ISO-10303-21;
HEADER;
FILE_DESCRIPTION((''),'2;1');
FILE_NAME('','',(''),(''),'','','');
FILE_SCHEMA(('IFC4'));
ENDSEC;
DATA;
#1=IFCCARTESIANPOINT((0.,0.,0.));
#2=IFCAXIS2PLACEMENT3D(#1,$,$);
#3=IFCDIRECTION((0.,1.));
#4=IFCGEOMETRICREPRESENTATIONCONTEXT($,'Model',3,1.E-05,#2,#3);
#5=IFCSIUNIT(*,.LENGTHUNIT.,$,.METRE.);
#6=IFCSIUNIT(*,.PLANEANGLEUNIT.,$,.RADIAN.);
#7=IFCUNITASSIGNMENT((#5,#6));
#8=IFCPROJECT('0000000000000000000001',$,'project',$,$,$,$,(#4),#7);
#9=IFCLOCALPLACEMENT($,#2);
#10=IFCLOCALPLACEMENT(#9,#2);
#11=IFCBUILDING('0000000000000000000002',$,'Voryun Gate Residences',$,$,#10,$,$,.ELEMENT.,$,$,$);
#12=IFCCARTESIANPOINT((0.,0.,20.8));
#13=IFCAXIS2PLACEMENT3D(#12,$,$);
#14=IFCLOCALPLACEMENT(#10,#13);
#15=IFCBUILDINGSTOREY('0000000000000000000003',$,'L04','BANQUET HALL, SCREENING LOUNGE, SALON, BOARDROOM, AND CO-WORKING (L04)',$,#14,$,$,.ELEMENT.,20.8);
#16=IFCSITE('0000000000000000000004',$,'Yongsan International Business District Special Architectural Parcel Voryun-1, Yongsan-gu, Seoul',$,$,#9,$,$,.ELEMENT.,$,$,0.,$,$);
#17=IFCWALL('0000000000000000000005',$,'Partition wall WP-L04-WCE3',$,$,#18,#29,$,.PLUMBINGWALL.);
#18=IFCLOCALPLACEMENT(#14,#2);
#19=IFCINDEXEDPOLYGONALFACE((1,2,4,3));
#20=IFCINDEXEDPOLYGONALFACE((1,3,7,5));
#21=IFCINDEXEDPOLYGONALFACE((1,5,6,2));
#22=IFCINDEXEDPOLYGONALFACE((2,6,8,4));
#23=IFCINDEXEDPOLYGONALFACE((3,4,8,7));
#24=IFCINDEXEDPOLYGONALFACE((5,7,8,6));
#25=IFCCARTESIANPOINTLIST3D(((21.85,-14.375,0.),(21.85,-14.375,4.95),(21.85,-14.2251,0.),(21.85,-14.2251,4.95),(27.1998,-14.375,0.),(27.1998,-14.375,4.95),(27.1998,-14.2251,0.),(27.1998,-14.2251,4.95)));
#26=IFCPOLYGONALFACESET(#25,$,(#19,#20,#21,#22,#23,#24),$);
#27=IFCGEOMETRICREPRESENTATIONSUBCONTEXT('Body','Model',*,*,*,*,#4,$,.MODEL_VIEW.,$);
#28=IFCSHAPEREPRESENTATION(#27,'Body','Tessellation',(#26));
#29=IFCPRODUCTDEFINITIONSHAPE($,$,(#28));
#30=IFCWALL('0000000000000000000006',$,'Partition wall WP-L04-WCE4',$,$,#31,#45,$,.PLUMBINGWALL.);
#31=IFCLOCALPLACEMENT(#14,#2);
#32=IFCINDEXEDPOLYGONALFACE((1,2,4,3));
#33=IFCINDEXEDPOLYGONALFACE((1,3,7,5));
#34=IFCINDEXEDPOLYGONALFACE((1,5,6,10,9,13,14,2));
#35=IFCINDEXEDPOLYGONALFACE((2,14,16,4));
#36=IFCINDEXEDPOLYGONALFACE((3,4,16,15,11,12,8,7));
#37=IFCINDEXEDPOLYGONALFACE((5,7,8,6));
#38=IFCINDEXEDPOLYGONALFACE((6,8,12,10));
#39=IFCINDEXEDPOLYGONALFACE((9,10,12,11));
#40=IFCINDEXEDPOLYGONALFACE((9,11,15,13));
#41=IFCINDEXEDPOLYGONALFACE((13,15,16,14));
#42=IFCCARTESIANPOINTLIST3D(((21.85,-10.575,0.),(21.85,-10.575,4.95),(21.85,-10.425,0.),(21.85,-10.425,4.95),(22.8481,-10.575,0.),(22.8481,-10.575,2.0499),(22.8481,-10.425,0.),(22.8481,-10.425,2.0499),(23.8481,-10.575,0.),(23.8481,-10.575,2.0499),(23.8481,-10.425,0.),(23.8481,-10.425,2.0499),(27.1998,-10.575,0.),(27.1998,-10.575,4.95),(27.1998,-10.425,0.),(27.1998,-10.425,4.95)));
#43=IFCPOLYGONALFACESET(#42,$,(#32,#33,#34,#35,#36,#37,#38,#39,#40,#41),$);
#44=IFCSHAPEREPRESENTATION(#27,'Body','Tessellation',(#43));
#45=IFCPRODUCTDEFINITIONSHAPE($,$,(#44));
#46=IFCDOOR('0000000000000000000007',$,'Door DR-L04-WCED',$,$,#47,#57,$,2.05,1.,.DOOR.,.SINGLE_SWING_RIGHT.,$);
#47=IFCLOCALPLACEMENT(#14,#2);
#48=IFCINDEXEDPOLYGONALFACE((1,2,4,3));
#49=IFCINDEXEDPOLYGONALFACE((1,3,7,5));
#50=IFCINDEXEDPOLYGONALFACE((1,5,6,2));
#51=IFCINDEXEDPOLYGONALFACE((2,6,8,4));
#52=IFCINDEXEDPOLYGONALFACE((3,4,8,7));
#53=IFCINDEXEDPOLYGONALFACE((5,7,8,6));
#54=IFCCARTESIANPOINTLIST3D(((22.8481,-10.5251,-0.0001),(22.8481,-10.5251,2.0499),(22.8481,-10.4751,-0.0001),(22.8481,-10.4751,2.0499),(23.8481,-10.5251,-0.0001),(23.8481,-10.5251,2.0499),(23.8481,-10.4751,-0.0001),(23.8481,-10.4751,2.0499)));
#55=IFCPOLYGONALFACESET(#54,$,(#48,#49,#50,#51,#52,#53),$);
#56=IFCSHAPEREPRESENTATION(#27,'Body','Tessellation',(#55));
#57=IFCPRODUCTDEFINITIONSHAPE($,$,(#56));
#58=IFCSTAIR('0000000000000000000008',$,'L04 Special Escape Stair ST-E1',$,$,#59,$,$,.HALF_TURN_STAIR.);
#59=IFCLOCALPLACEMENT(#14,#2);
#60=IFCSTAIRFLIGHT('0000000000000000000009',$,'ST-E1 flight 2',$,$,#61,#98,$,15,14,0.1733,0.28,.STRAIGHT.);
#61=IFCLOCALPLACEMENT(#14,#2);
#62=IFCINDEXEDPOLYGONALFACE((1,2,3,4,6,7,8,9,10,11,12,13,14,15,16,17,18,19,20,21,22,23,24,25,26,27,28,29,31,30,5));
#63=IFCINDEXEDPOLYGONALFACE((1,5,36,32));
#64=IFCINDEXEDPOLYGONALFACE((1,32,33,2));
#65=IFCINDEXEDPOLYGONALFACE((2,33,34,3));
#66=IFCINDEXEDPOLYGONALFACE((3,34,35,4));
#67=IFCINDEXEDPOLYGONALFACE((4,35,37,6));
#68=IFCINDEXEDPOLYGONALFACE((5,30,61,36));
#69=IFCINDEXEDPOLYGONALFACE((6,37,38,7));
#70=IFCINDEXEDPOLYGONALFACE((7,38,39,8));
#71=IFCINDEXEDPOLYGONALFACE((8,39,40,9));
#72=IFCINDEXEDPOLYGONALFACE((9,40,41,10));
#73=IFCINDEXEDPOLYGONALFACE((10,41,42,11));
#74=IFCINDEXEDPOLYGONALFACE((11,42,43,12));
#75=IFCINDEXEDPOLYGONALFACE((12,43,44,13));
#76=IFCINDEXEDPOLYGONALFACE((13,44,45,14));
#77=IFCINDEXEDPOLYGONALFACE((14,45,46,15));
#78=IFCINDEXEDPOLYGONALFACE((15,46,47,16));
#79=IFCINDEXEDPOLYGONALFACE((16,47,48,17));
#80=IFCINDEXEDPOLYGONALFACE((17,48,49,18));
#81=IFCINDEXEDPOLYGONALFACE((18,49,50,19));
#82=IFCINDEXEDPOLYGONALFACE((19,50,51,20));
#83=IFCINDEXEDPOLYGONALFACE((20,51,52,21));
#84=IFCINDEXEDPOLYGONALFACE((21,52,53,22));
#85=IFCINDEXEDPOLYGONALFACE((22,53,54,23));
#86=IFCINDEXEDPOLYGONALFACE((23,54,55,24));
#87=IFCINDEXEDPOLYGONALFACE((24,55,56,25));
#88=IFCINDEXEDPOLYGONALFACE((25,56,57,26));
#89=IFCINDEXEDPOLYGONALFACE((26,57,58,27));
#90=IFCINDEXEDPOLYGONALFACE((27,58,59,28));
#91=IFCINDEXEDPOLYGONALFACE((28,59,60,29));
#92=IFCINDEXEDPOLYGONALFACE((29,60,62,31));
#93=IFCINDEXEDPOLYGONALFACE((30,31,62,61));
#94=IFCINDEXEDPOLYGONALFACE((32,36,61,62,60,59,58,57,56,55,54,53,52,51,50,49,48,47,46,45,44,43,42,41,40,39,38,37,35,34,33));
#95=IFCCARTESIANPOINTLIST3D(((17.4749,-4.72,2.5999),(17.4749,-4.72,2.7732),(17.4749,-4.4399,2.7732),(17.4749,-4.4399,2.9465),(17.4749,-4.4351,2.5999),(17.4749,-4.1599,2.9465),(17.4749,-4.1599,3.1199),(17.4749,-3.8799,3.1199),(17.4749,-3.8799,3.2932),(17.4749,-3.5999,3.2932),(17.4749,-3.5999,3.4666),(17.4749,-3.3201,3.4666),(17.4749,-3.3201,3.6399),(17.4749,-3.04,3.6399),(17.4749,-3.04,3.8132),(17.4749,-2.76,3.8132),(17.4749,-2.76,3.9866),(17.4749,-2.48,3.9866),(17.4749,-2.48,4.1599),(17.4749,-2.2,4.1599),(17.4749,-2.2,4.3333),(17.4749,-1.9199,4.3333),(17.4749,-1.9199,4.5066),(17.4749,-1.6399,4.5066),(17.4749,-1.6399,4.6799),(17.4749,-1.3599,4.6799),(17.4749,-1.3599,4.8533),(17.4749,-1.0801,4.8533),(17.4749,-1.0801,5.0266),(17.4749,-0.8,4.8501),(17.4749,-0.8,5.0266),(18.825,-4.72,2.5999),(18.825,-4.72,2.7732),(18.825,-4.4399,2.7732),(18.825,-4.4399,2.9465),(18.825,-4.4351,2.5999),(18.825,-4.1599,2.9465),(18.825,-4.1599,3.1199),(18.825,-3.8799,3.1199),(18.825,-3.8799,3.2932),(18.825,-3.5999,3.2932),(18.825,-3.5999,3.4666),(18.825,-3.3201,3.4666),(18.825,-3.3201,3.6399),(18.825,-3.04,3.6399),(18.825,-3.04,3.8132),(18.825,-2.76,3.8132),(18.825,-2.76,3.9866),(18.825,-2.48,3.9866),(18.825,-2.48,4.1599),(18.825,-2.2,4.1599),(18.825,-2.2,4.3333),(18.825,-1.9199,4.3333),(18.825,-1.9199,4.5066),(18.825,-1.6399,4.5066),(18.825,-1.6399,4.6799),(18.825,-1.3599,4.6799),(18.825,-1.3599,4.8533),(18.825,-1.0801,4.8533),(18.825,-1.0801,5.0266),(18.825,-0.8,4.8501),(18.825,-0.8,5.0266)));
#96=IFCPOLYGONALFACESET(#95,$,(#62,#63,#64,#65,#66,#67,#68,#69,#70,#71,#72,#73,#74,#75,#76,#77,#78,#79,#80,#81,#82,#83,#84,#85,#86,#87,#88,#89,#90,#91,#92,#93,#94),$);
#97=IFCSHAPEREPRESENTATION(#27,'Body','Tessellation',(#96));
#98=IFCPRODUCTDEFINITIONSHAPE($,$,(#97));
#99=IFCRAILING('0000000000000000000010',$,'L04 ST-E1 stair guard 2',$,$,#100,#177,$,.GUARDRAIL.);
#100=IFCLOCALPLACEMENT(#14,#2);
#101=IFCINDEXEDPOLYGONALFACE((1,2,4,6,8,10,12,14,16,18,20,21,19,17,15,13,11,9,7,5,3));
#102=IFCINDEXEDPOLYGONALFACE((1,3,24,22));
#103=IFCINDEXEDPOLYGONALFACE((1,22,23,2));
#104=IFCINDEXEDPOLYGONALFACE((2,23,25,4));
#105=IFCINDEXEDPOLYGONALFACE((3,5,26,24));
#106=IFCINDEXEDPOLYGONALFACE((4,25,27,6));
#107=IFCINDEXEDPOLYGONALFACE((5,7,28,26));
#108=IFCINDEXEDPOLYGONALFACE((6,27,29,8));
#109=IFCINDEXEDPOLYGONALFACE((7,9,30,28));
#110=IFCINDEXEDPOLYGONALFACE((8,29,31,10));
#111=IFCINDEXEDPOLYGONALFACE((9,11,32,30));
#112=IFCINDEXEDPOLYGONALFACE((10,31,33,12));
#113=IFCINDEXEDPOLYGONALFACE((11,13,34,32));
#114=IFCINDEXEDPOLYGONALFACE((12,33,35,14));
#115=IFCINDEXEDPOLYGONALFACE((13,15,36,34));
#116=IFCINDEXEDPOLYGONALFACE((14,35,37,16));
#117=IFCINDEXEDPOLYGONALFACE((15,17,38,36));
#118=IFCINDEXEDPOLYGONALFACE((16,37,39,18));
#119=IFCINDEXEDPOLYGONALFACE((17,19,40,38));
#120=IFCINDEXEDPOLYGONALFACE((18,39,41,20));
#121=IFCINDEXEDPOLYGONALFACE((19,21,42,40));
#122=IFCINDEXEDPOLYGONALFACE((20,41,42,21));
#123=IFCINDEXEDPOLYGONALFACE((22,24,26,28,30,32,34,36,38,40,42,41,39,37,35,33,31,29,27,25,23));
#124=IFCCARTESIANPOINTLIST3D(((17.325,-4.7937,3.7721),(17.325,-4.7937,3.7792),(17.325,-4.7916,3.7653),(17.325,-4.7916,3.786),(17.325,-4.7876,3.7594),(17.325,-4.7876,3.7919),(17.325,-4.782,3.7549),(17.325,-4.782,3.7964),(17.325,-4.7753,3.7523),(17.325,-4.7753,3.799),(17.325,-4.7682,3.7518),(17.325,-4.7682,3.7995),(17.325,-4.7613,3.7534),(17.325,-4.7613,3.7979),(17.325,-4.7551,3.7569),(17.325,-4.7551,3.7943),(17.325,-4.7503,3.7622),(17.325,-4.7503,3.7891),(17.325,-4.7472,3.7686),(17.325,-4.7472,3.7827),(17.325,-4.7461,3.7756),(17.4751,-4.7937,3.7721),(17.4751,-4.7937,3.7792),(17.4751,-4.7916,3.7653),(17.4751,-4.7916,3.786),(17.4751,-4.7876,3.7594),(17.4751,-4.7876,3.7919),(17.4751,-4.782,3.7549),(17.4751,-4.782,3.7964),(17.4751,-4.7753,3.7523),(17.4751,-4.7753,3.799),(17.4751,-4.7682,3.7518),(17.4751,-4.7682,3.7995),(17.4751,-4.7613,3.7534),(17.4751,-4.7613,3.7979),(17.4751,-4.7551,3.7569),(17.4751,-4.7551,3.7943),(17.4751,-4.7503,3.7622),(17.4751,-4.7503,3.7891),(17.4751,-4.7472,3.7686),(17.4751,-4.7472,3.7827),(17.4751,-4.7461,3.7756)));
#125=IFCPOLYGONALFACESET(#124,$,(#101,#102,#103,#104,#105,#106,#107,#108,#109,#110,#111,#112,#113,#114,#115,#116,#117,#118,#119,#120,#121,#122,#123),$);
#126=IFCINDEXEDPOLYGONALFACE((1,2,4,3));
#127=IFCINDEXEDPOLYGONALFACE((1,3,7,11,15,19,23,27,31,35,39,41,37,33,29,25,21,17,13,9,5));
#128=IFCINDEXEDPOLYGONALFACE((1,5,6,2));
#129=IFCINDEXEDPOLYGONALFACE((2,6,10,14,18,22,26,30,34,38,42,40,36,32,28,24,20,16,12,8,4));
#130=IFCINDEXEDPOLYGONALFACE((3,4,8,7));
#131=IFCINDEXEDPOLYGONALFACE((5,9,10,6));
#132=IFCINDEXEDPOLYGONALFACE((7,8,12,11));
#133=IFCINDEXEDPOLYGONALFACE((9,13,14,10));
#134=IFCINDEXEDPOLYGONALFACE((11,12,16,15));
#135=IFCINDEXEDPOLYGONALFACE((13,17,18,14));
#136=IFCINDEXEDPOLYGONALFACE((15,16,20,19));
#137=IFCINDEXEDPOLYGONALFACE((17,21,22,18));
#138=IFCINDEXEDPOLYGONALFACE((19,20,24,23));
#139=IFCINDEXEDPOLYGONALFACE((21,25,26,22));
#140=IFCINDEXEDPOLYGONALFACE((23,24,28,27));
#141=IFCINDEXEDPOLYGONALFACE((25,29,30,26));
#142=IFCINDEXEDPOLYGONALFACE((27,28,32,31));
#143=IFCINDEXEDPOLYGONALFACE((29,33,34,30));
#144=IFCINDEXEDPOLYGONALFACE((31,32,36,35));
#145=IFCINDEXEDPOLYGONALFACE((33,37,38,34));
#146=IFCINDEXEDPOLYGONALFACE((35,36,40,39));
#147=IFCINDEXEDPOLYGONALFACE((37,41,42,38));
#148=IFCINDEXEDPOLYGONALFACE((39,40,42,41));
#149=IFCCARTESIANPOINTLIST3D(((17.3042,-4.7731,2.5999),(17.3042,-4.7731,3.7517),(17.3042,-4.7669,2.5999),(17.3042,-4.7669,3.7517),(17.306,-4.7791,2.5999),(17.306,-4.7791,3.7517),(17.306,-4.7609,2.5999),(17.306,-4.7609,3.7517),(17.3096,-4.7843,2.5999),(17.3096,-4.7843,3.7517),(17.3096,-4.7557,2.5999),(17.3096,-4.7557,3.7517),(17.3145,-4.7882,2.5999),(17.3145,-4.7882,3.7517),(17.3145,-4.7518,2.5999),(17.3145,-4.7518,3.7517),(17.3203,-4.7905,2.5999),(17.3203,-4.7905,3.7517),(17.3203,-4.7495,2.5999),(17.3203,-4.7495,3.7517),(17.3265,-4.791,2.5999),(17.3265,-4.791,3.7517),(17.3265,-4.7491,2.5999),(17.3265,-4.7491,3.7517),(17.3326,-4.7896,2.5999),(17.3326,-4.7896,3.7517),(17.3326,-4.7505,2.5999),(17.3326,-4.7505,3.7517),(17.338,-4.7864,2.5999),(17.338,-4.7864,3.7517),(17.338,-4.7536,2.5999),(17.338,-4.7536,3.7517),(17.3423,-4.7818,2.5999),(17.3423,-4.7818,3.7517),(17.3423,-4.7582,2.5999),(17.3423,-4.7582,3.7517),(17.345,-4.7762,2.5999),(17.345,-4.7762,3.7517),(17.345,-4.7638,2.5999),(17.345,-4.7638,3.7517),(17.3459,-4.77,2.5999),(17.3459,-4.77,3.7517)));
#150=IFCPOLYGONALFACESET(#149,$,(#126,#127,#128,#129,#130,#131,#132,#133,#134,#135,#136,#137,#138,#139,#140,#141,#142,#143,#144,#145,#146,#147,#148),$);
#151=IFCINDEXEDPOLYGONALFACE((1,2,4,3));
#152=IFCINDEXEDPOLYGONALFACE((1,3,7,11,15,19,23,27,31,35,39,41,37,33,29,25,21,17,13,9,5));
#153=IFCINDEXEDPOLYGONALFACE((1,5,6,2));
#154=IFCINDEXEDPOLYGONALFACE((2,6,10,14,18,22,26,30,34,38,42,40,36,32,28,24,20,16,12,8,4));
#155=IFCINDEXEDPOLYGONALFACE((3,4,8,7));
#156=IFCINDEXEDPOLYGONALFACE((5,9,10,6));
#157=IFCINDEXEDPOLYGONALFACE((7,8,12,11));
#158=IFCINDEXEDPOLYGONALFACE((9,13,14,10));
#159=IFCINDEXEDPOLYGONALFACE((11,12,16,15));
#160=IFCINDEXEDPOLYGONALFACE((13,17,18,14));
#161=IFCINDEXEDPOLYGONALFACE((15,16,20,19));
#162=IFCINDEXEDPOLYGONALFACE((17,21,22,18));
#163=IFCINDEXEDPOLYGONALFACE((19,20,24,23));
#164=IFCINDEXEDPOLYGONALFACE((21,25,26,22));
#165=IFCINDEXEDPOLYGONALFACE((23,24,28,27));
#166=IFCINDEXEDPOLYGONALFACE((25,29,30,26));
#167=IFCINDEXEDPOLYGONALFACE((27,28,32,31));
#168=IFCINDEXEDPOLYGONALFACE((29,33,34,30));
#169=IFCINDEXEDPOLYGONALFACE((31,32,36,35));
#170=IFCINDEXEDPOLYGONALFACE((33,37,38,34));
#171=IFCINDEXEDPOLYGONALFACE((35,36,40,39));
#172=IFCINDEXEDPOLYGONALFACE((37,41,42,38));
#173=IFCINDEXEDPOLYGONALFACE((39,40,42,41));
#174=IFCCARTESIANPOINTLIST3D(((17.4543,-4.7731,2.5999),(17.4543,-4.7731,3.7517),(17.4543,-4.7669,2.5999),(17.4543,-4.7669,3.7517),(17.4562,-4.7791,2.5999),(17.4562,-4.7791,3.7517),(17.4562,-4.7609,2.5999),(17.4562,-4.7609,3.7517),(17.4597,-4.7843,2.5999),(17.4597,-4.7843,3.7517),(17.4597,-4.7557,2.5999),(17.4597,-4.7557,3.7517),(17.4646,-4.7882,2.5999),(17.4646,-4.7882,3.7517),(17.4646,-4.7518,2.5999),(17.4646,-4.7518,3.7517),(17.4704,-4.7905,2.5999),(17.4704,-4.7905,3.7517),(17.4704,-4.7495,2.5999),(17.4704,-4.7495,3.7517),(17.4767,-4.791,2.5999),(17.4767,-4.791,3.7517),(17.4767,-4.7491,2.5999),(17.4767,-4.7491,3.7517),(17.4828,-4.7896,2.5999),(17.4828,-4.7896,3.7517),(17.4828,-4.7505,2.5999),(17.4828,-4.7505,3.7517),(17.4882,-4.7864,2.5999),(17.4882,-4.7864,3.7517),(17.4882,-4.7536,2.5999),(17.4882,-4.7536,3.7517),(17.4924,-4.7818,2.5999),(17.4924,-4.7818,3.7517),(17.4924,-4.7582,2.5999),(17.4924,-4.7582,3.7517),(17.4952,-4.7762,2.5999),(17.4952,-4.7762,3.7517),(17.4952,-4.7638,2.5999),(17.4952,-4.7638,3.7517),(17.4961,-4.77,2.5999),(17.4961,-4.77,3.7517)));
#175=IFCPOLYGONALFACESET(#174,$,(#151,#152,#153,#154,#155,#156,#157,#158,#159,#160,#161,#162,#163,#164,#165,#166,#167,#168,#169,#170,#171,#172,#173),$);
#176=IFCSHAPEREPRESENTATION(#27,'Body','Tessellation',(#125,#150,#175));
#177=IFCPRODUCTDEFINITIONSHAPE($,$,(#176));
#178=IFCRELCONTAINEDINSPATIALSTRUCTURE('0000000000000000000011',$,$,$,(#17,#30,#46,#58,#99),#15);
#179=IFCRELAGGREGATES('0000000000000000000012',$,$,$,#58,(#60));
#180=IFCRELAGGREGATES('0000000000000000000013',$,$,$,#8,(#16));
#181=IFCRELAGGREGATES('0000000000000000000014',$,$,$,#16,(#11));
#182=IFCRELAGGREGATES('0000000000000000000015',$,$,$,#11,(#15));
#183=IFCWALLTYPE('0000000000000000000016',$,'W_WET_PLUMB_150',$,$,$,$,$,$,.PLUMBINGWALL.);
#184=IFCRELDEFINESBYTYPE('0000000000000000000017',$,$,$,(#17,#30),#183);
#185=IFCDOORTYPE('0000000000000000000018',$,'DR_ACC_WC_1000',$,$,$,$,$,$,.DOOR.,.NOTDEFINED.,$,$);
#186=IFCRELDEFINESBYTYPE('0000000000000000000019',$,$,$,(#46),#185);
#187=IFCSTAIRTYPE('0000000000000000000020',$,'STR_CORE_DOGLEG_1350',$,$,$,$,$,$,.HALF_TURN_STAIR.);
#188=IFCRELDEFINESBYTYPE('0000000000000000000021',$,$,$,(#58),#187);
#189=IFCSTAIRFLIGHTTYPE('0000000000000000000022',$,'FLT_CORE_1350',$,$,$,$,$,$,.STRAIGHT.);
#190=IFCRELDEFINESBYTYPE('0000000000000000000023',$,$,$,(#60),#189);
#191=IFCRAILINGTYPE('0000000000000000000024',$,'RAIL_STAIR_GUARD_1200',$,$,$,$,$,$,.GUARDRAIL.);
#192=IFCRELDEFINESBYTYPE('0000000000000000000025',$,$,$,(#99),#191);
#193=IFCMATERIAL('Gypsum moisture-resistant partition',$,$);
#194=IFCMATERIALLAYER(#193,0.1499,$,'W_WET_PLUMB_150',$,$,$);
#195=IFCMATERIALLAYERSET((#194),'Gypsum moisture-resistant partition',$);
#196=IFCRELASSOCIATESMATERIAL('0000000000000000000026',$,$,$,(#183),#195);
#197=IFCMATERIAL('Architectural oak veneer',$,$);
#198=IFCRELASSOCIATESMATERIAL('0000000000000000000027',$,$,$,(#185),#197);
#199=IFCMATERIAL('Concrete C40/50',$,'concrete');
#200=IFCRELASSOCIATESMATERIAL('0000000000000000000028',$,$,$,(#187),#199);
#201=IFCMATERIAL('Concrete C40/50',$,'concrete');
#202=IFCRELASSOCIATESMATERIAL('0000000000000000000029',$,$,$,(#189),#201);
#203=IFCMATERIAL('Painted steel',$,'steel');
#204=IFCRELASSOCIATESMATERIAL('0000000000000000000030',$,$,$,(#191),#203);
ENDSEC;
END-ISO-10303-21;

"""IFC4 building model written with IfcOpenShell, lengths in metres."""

from ifc_helpers import new_model, si_unit, direction, frame, frame_2d, origin, origin_2d, place, context, subcontext, project, spatial, polyline, rectangle, circle, outline, extrude, material, layer, layer_set, type_object, element, fill, aggregate, save


model = new_model("IFC4")

# Units and contexts
model_context = context("Model", 3, precision=1e-05, world=origin(), true_north=direction((0.0, 1.0)))
body_context = subcontext(model_context, "Body", "Model", "MODEL_VIEW")
ifc_project = project(units=[si_unit("LENGTHUNIT", "METRE"), si_unit("PLANEANGLEUNIT", "RADIAN")], contexts=[model_context])

# Site, building, storey
site_placement = place(None, origin())
site = spatial("IfcSite", under=ifc_project, at=site_placement, Name="Yongsan International Business District Special Architectural Parcel Voryun-1, Yongsan-gu, Seoul", CompositionType="ELEMENT", RefElevation=0.0)
building_placement = place(site_placement, origin())
building = spatial("IfcBuilding", under=site, at=building_placement, Name="Voryun Gate Residences", CompositionType="ELEMENT")
storey_placement = place(building_placement, frame((0.0, 0.0, 20.8)))
storey = spatial("IfcBuildingStorey", under=building, at=storey_placement, Name="L04", Description="BANQUET HALL, SCREENING LOUNGE, SALON, BOARDROOM, AND CO-WORKING (L04)", CompositionType="ELEMENT", Elevation=20.8)

# Wall
ifc_material_1 = material(Name="Gypsum moisture-resistant partition")
ifc_layer_1 = layer(ifc_material_1, 0.1499, Name="W_WET_PLUMB_150")
ifc_layer_set_1 = layer_set([ifc_layer_1], Name="Gypsum moisture-resistant partition")
wall_type_1 = type_object("IfcWallType", Name="W_WET_PLUMB_150", PredefinedType="PLUMBINGWALL", material=ifc_layer_set_1)
wall_1_placement = place(storey_placement, frame((21.8501, -14.3, 0.0), z_axis=(0.0, 0.0, 1.0), x_axis=(1.0, 0.0, 0.0)))
element("IfcWall", 1, at=wall_1_placement, inside=storey, type_object=wall_type_1, Name="Partition wall WP-L04-WCE3", PredefinedType="PLUMBINGWALL", context=body_context, shape_type="SweptSolid", body=[
    extrude(rectangle(XDim=5.3499, YDim=0.1499, at=frame_2d((2.6748, 0.0))), origin(), (0.0, 0.0, 1.0), 4.95),
])

# Wall, opening, door
wall_2_placement = place(storey_placement, frame((21.8501, -10.5, 0.0), z_axis=(0.0, 0.0, 1.0), x_axis=(1.0, 0.0, 0.0)))
wall_2 = element("IfcWall", 2, at=wall_2_placement, inside=storey, type_object=wall_type_1, Name="Partition wall WP-L04-WCE4", PredefinedType="PLUMBINGWALL", context=body_context, shape_type="SweptSolid", body=[
    extrude(rectangle(XDim=5.3499, YDim=0.1499, at=frame_2d((2.6748, 0.0))), origin(), (0.0, 0.0, 1.0), 4.95),
])
opening_placement = place(wall_2_placement, frame((0.998, 0.0, 0.0)))
opening = element("IfcOpeningElement", 3, at=opening_placement, cuts=wall_2, PredefinedType="OPENING", context=body_context, shape_type="SweptSolid", body=[
    extrude(rectangle(XDim=1.0, YDim=2.05, at=frame_2d((0.5, 1.0249))), frame((0.0, 0.085, 0.0), z_axis=(0.0, -1.0, 0.0), x_axis=(1.0, 0.0, 0.0)), (0.0, 0.0, 1.0), 0.1699),
])
ifc_material_2 = material(Name="Architectural oak veneer")
door_type = type_object("IfcDoorType", Name="DR_ACC_WC_1000", OperationType="NOTDEFINED", PredefinedType="DOOR", material=ifc_material_2)
door_placement = place(opening_placement, origin())
door = element("IfcDoor", 4, at=door_placement, inside=storey, type_object=door_type, Name="Door DR-L04-WCED", OperationType="SINGLE_SWING_RIGHT", OverallHeight=2.05, OverallWidth=1.0, PredefinedType="DOOR", context=body_context, shape_type="SweptSolid", body=[
    extrude(rectangle(XDim=1.0, YDim=2.05, at=frame_2d((0.5, 1.0249))), frame((0.0, 0.0249, 0.0), z_axis=(0.0, -1.0, 0.0), x_axis=(1.0, 0.0, 0.0)), (0.0, 0.0, 1.0), 0.05),
])
fill(opening, door)

# Stair, stair flight
ifc_material_3 = material(Name="Concrete C40/50", Category="concrete")
stair_type = type_object("IfcStairType", Name="STR_CORE_DOGLEG_1350", PredefinedType="HALF_TURN_STAIR", material=ifc_material_3)
stair_placement = place(storey_placement, origin())
stair = element("IfcStair", 5, at=stair_placement, inside=storey, type_object=stair_type, Name="L04 Special Escape Stair ST-E1", PredefinedType="HALF_TURN_STAIR")
ifc_material_4 = material(Name="Concrete C40/50", Category="concrete")
stair_flight_type = type_object("IfcStairFlightType", Name="FLT_CORE_1350", PredefinedType="STRAIGHT", material=ifc_material_4)
stair_flight_placement = place(storey_placement, frame((18.1499, -4.72, 2.5999), z_axis=(0.0, 0.0, 1.0), x_axis=(0.0, 1.0, 0.0)))
stair_flight = element("IfcStairFlight", 6, at=stair_flight_placement, type_object=stair_flight_type, Name="ST-E1 flight 2", NumberOfRisers=15, NumberOfTreads=14, PredefinedType="STRAIGHT", RiserHeight=0.1733, TreadLength=0.28, context=body_context, shape_type="SweptSolid", body=[
    extrude(outline(polyline([(0.0, 0.0), (0.0, 0.1733), (0.28, 0.1733), (0.28, 0.3467), (0.5601, 0.3467), (0.5601, 0.52), (0.8401, 0.52), (0.8401, 0.6934), (1.1201, 0.6934), (1.1201, 0.8667), (1.3999, 0.8667), (1.3999, 1.04), (1.6799, 1.04), (1.6799, 1.2134), (1.96, 1.2134), (1.96, 1.3867), (2.24, 1.3867), (2.24, 1.5601), (2.52, 1.5601), (2.52, 1.7334), (2.8, 1.7334), (2.8, 1.9067), (3.0801, 1.9067), (3.0801, 2.0801), (3.3601, 2.0801), (3.3601, 2.2534), (3.6399, 2.2534), (3.6399, 2.4268), (3.9199, 2.4268), (3.9199, 2.6001), (3.9199, 2.2502), (0.2849, 0.0), (0.0, 0.0)])), frame((0.0, 0.675, 0.0), z_axis=(0.0, -1.0, 0.0), x_axis=(1.0, 0.0, 0.0)), (0.0, 0.0, 1.0), 1.3501),
])
aggregate(stair, [stair_flight])

# Railing
ifc_material_5 = material(Name="Painted steel", Category="steel")
railing_type = type_object("IfcRailingType", Name="RAIL_STAIR_GUARD_1200", PredefinedType="GUARDRAIL", material=ifc_material_5)
railing_1_placement = place(storey_placement, frame((17.325, -4.77, 2.5999)))
element("IfcRailing", 7, at=railing_1_placement, inside=storey, type_object=railing_type, Name="L04 ST-E1 stair guard 2", PredefinedType="GUARDRAIL", context=body_context, shape_type="SweptSolid", body=[
    extrude(circle(Radius=0.0239, at=origin_2d()), frame((0.0, 0.0, 1.1758), z_axis=(1.0, 0.0, 0.0), x_axis=(0.0, 1.0, 0.0)), (0.0, 0.0, 1.0), 0.1501),
    extrude(circle(Radius=0.021, at=origin_2d()), origin(), (0.0, 0.0, 1.0), 1.1519),
    extrude(circle(Radius=0.021, at=origin_2d()), frame((0.1501, 0.0, 0.0)), (0.0, 0.0, 1.0), 1.1519),
])

save(model, "model.ifc")
